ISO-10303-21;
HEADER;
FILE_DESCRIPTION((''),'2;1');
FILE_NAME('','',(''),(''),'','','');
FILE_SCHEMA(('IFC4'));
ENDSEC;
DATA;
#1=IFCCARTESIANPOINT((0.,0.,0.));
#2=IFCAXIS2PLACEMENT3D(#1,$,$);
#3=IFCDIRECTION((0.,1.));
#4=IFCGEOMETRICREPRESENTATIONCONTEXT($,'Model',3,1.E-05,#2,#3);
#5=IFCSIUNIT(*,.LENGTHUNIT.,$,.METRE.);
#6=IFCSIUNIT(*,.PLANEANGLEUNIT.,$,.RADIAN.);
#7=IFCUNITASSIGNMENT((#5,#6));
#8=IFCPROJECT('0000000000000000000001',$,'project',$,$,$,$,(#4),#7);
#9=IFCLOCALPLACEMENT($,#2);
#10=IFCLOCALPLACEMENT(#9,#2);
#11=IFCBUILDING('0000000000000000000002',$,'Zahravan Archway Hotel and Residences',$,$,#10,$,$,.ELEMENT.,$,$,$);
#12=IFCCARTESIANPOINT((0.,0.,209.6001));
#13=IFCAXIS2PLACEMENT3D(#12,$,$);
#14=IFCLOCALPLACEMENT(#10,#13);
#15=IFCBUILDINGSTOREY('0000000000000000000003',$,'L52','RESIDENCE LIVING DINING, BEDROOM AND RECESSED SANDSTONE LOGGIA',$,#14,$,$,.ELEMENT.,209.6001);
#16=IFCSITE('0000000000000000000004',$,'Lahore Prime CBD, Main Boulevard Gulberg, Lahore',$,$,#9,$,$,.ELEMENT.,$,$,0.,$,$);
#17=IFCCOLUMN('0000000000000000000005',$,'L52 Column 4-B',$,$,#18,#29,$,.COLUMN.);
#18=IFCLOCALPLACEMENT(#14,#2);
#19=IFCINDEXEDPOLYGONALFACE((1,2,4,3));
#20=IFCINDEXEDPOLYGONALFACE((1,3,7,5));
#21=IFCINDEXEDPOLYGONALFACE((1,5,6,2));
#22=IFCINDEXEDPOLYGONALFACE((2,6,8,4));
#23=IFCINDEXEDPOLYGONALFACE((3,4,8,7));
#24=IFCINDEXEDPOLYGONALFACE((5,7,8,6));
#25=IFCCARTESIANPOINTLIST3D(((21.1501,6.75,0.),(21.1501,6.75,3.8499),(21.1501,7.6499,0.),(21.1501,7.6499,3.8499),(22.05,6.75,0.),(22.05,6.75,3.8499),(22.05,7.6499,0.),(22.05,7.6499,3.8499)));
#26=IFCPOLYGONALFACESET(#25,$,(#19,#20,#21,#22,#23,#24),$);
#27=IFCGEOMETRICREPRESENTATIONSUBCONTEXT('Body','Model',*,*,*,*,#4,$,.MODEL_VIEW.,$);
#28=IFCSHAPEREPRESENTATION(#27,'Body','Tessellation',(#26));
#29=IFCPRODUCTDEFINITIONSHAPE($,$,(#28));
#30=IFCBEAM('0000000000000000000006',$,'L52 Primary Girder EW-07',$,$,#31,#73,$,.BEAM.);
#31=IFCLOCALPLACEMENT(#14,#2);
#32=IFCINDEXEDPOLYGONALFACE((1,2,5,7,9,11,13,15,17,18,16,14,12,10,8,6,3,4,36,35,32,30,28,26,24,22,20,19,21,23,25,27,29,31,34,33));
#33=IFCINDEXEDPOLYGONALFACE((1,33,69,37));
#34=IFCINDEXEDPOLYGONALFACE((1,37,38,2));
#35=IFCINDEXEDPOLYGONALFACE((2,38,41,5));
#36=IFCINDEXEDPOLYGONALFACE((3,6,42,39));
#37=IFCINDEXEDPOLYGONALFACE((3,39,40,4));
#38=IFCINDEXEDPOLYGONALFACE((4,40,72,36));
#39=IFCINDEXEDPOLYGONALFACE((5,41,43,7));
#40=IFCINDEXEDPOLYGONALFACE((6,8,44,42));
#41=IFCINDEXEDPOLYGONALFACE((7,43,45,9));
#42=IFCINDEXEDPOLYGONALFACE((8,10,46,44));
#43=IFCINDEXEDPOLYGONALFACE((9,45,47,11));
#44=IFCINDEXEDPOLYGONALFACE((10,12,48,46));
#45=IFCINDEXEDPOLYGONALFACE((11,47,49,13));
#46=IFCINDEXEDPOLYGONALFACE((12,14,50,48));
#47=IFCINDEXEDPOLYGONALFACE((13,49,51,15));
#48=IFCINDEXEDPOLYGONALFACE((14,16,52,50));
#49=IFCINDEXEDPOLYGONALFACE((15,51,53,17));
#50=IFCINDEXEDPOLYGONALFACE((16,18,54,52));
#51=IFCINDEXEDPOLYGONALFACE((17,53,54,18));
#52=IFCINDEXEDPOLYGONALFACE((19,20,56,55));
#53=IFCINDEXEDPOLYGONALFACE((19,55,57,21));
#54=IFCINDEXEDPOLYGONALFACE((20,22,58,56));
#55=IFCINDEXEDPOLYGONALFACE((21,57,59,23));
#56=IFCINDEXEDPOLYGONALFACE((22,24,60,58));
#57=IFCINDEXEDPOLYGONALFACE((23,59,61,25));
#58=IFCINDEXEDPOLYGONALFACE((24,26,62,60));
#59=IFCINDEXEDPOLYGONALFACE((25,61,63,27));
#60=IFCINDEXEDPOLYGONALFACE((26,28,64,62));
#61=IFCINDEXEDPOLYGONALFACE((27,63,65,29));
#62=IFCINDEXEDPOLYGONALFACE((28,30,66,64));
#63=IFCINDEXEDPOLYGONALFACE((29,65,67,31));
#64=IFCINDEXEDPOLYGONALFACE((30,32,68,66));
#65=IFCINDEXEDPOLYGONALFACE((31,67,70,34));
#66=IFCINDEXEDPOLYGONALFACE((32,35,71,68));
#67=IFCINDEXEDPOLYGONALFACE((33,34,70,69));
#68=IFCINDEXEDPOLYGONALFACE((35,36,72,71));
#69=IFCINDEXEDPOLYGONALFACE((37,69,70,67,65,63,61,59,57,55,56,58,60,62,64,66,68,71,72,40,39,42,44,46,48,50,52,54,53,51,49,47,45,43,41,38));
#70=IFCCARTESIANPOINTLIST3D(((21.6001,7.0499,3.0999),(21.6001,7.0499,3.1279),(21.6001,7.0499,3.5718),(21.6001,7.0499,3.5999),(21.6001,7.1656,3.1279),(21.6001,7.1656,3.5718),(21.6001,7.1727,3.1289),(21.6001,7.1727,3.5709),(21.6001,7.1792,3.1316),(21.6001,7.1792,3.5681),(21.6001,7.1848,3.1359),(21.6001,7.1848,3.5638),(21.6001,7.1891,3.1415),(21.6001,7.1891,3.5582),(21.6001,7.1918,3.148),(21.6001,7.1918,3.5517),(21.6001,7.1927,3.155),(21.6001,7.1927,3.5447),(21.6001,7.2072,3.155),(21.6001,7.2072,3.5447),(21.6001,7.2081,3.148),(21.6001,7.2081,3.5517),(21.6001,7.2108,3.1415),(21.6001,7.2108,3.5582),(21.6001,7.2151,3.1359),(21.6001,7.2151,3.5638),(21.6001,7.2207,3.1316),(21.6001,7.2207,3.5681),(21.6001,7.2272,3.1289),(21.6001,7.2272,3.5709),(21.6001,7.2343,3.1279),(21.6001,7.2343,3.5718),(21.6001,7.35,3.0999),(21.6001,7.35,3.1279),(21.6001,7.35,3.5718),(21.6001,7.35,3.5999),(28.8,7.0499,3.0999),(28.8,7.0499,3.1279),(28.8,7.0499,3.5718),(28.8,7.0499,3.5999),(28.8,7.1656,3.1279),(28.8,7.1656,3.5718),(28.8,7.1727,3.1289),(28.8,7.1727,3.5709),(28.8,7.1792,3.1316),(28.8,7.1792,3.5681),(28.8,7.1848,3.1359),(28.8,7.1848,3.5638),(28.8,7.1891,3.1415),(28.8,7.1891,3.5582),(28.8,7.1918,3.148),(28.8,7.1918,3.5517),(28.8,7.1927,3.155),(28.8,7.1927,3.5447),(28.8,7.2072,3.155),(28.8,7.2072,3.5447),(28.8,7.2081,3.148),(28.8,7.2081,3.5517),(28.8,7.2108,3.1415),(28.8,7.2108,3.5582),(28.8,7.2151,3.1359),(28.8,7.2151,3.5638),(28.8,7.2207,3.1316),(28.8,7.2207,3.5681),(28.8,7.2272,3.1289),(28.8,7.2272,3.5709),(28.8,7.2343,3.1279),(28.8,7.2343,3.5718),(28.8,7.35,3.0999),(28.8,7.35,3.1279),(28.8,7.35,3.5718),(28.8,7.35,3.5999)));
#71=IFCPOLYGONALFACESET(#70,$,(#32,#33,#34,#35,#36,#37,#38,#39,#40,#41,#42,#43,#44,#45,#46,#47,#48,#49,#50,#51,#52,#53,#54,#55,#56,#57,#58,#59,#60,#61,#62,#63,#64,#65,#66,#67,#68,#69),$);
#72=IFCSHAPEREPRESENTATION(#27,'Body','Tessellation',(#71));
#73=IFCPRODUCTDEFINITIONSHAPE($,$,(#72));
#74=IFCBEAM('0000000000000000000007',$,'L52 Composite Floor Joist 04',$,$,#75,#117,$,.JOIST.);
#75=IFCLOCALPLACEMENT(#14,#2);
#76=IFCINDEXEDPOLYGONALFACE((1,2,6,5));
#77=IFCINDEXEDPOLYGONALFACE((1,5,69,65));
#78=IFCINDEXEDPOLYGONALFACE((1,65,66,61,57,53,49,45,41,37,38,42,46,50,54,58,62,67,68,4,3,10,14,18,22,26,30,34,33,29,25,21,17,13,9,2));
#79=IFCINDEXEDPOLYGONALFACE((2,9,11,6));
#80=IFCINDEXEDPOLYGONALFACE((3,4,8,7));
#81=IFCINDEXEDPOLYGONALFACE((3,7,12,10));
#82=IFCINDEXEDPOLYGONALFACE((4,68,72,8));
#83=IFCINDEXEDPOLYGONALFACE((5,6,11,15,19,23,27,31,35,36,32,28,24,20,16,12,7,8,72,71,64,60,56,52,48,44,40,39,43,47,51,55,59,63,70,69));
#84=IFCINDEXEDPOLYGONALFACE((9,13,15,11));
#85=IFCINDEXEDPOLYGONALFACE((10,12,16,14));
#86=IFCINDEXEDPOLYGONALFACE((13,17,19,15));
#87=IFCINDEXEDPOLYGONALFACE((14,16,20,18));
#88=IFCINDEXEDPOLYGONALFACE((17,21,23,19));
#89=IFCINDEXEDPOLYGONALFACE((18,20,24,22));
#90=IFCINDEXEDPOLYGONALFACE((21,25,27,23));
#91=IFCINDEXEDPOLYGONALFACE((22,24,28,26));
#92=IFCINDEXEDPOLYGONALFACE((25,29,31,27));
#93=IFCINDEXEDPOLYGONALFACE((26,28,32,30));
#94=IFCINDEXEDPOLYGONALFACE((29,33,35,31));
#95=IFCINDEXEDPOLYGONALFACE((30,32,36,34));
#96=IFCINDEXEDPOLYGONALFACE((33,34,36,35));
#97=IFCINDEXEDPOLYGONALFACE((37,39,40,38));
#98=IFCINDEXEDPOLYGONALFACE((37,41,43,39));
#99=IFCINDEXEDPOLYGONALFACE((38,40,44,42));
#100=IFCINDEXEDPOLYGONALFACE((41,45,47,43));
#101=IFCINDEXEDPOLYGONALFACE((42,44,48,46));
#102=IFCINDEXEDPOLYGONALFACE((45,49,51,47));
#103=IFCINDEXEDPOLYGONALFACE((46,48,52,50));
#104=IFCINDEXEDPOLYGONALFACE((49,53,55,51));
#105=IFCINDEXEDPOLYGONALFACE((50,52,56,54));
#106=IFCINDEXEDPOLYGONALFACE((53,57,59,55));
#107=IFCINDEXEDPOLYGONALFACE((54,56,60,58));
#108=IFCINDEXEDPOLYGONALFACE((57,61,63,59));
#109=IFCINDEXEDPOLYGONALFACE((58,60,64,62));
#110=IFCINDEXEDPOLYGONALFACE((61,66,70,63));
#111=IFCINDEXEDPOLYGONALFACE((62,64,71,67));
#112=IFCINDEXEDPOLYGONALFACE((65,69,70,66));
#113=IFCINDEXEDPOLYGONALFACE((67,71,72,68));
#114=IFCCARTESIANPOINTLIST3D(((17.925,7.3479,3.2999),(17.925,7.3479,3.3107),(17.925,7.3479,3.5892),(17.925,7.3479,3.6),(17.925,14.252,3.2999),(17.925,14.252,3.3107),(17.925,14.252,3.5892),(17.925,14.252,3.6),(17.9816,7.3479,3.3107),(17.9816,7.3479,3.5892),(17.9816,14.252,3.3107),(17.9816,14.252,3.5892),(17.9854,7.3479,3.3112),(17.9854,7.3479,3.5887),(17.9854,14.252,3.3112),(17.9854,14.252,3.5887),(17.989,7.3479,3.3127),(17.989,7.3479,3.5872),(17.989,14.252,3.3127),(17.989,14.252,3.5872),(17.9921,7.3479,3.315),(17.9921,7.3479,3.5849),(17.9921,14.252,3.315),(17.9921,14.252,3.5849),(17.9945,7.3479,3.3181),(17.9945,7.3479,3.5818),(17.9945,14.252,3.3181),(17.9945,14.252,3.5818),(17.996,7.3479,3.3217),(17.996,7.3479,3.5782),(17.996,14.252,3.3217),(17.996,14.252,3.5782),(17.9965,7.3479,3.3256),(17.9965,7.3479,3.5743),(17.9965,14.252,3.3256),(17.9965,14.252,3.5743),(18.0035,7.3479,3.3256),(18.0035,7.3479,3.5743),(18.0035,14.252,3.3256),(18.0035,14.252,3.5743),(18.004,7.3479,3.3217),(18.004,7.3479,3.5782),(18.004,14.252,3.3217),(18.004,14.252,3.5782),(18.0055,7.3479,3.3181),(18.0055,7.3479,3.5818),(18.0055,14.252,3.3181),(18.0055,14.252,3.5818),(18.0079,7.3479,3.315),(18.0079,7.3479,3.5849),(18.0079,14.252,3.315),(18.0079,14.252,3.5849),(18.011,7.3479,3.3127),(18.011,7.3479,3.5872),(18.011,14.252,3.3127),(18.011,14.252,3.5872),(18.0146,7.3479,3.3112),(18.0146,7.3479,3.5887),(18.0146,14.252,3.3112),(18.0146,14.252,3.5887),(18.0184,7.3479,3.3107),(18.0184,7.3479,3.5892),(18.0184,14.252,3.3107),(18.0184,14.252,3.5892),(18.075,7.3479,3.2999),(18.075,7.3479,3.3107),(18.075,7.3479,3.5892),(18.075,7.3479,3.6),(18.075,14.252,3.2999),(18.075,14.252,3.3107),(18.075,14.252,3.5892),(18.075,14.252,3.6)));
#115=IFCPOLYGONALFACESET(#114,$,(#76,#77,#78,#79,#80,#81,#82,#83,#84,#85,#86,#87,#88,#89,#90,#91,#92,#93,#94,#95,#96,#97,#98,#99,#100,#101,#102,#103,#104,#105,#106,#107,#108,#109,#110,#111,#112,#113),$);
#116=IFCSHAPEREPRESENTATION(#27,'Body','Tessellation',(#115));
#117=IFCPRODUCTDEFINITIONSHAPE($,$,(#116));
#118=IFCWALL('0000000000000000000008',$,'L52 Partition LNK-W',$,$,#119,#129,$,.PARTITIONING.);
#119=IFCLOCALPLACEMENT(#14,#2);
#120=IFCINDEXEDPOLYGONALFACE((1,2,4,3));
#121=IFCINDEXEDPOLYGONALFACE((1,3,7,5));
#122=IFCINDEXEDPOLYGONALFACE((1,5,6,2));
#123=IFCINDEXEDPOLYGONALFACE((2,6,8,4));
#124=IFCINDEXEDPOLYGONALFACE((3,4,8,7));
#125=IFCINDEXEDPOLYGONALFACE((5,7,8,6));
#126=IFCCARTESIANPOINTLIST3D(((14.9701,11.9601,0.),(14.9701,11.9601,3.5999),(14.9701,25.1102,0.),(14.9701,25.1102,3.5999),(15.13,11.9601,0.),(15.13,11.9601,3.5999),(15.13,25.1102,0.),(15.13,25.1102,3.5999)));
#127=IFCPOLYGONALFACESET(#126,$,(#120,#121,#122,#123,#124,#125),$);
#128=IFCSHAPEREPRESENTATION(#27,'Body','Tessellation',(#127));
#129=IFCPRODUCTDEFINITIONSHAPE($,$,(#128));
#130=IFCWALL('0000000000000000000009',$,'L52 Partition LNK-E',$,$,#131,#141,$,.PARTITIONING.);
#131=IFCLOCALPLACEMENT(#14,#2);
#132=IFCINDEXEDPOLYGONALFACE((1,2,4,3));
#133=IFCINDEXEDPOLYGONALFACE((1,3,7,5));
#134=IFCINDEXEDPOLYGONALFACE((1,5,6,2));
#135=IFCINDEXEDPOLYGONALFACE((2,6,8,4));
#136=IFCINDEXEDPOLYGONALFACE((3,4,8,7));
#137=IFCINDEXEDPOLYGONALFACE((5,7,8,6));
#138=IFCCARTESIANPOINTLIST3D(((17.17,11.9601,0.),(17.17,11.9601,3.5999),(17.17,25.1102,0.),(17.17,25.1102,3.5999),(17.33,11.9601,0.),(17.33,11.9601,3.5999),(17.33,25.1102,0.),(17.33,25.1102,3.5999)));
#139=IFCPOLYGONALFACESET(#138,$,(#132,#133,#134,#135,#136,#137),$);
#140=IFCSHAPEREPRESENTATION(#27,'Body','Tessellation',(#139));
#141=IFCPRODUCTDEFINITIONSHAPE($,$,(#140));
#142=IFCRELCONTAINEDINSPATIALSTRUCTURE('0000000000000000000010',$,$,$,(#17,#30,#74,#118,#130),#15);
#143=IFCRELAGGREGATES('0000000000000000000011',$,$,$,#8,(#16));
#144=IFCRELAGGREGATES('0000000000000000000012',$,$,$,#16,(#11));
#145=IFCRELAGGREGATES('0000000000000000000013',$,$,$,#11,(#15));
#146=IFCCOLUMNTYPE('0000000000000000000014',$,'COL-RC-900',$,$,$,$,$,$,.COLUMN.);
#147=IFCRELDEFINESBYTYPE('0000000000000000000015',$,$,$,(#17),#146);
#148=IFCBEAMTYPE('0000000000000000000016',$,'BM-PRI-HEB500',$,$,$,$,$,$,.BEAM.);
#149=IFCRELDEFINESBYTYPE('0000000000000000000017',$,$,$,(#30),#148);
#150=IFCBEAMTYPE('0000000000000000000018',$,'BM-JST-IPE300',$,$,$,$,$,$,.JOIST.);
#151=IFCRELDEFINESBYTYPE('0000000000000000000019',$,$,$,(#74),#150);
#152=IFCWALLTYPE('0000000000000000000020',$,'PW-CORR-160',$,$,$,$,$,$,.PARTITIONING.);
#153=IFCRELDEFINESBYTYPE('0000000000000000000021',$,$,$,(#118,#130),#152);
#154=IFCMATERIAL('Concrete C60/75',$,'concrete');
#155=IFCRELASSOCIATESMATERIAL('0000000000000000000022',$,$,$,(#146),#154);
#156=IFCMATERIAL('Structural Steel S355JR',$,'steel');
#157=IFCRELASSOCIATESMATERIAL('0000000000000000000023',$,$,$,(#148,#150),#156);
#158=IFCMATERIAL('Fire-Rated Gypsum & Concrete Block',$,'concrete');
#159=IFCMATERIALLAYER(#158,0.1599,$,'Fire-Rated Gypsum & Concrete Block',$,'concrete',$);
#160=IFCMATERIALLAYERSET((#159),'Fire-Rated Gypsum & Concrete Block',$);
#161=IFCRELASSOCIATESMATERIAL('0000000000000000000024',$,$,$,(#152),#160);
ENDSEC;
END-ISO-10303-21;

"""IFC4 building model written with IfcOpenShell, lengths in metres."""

from ifc_helpers import new_model, si_unit, direction, frame, frame_2d, origin, origin_2d, place, context, subcontext, project, spatial, rectangle, i_section, extrude, source, transform, mapped, material, layer, layer_set, material_profile, profile_set, type_object, type_shapes, element, save


model = new_model("IFC4")

# Units and contexts
model_context = context("Model", 3, precision=1e-05, world=origin(), true_north=direction((0.0, 1.0)))
body_context = subcontext(model_context, "Body", "Model", "MODEL_VIEW")
ifc_project = project(units=[si_unit("LENGTHUNIT", "METRE"), si_unit("PLANEANGLEUNIT", "RADIAN")], contexts=[model_context])

# Site, building, storey
site_placement = place(None, origin())
site = spatial("IfcSite", under=ifc_project, at=site_placement, Name="Lahore Prime CBD, Main Boulevard Gulberg, Lahore", CompositionType="ELEMENT", RefElevation=0.0)
building_placement = place(site_placement, origin())
building = spatial("IfcBuilding", under=site, at=building_placement, Name="Zahravan Archway Hotel and Residences", CompositionType="ELEMENT")
storey_placement = place(building_placement, frame((0.0, 0.0, 209.6001)))
storey = spatial("IfcBuildingStorey", under=building, at=storey_placement, Name="L52", Description="RESIDENCE LIVING DINING, BEDROOM AND RECESSED SANDSTONE LOGGIA", CompositionType="ELEMENT", Elevation=209.6001)

# Column
ifc_material_1 = material(Name="Concrete C60/75", Category="concrete")
ifc_material_profile_1 = material_profile(ifc_material_1, rectangle(XDim=0.8999, YDim=0.8999, at=origin_2d()), Name="RC-COL-900x900", Category="concrete")
ifc_profile_set_1 = profile_set([ifc_material_profile_1], Name="Concrete C60/75")
column_type = type_object("IfcColumnType", Name="COL-RC-900", PredefinedType="COLUMN", material=ifc_profile_set_1)
shared_shape_1 = source(origin(), body_context, "Body", "SweptSolid", [
    extrude(rectangle(XDim=0.8999, YDim=0.8999, at=origin_2d()), origin(), (0.0, 0.0, 1.0), 3.8499),
])
column_placement = place(storey_placement, frame((21.6001, 7.2, 0.0), z_axis=(0.0, 0.0, 1.0), x_axis=(1.0, 0.0, 0.0)))
element("IfcColumn", 1, at=column_placement, inside=storey, type_object=column_type, Name="L52 Column 4-B", PredefinedType="COLUMN", context=body_context, shape_type="MappedRepresentation", body=[
    mapped(shared_shape_1, transform((0.0, 0.0, 0.0), scale=1.0)),
])

# Beams
ifc_material_2 = material(Name="Structural Steel S355JR", Category="steel")
ifc_material_profile_2 = material_profile(ifc_material_2, i_section(OverallWidth=0.3, OverallDepth=0.5, WebThickness=0.0144, FlangeThickness=0.0281, FilletRadius=0.0271, at=origin_2d()), Name="HEB 500", Category="steel")
ifc_profile_set_2 = profile_set([ifc_material_profile_2], Name="Structural Steel S355JR")
beam_type_1 = type_object("IfcBeamType", Name="BM-PRI-HEB500", PredefinedType="BEAM", material=ifc_profile_set_2)
shared_shape_2 = source(origin(), body_context, "Body", "SweptSolid", [
    extrude(i_section(OverallWidth=0.3, OverallDepth=0.5, WebThickness=0.0144, FlangeThickness=0.0281, FilletRadius=0.0271, at=origin_2d()), origin(), (0.0, 0.0, 1.0), 7.2),
])
beam_1_placement = place(storey_placement, frame((21.6001, 7.2, 3.3499), z_axis=(1.0, 0.0, 0.0), x_axis=(0.0, 1.0, 0.0)))
element("IfcBeam", 2, at=beam_1_placement, inside=storey, type_object=beam_type_1, Name="L52 Primary Girder EW-07", PredefinedType="BEAM", context=body_context, shape_type="MappedRepresentation", body=[
    mapped(shared_shape_2, transform((0.0, 0.0, 0.0), scale=1.0)),
])
ifc_material_profile_3 = material_profile(ifc_material_2, i_section(OverallWidth=0.1499, OverallDepth=0.3, WebThickness=0.0071, FlangeThickness=0.0107, FilletRadius=0.0149, at=origin_2d()), Name="IPE 300", Category="steel")
ifc_profile_set_3 = profile_set([ifc_material_profile_3], Name="Structural Steel S355JR")
beam_type_2 = type_object("IfcBeamType", Name="BM-JST-IPE300", PredefinedType="JOIST", material=ifc_profile_set_3)
shared_shape_3 = source(origin(), body_context, "Body", "SweptSolid", [
    extrude(i_section(OverallWidth=0.1499, OverallDepth=0.3, WebThickness=0.0071, FlangeThickness=0.0107, FilletRadius=0.0149, at=origin_2d()), origin(), (0.0, 0.0, 1.0), 6.9041),
])
type_shapes(beam_type_2, [shared_shape_3])
beam_2_placement = place(storey_placement, frame((18.0, 7.3479, 3.45), z_axis=(0.0, 1.0, 0.0), x_axis=(-1.0, 0.0, 0.0)))
element("IfcBeam", 3, at=beam_2_placement, inside=storey, type_object=beam_type_2, Name="L52 Composite Floor Joist 04", PredefinedType="JOIST", context=body_context, shape_type="MappedRepresentation", body=[
    mapped(shared_shape_3, transform((0.0, 0.0, 0.0), scale=1.0)),
])

# Walls
ifc_material_3 = material(Name="Fire-Rated Gypsum & Concrete Block", Category="concrete")
ifc_layer_1 = layer(ifc_material_3, 0.1599, Name="Fire-Rated Gypsum & Concrete Block", Category="concrete")
ifc_layer_set_1 = layer_set([ifc_layer_1], Name="Fire-Rated Gypsum & Concrete Block")
wall_type_1 = type_object("IfcWallType", Name="PW-CORR-160", PredefinedType="PARTITIONING", material=ifc_layer_set_1)
for number, where, z_axis, x_axis, name in (
    (4, (15.05, 11.96, 0.0), (0.0, 0.0, 1.0), (0.0, 1.0, 0.0), "L52 Partition LNK-W"),
    (5, (17.25, 11.96, 0.0), (0.0, 0.0, 1.0), (0.0, 1.0, 0.0), "L52 Partition LNK-E"),
):
    element("IfcWall", number, at=place(storey_placement, frame(where, z_axis=z_axis, x_axis=x_axis)), inside=storey, type_object=wall_type_1, Name=name, PredefinedType="PARTITIONING", context=body_context, shape_type="SweptSolid", body=[
        extrude(rectangle(XDim=13.1501, YDim=0.1599, at=frame_2d((6.5752, 0.0))), origin(), (0.0, 0.0, 1.0), 3.5999),
    ])

save(model, "model.ifc")
